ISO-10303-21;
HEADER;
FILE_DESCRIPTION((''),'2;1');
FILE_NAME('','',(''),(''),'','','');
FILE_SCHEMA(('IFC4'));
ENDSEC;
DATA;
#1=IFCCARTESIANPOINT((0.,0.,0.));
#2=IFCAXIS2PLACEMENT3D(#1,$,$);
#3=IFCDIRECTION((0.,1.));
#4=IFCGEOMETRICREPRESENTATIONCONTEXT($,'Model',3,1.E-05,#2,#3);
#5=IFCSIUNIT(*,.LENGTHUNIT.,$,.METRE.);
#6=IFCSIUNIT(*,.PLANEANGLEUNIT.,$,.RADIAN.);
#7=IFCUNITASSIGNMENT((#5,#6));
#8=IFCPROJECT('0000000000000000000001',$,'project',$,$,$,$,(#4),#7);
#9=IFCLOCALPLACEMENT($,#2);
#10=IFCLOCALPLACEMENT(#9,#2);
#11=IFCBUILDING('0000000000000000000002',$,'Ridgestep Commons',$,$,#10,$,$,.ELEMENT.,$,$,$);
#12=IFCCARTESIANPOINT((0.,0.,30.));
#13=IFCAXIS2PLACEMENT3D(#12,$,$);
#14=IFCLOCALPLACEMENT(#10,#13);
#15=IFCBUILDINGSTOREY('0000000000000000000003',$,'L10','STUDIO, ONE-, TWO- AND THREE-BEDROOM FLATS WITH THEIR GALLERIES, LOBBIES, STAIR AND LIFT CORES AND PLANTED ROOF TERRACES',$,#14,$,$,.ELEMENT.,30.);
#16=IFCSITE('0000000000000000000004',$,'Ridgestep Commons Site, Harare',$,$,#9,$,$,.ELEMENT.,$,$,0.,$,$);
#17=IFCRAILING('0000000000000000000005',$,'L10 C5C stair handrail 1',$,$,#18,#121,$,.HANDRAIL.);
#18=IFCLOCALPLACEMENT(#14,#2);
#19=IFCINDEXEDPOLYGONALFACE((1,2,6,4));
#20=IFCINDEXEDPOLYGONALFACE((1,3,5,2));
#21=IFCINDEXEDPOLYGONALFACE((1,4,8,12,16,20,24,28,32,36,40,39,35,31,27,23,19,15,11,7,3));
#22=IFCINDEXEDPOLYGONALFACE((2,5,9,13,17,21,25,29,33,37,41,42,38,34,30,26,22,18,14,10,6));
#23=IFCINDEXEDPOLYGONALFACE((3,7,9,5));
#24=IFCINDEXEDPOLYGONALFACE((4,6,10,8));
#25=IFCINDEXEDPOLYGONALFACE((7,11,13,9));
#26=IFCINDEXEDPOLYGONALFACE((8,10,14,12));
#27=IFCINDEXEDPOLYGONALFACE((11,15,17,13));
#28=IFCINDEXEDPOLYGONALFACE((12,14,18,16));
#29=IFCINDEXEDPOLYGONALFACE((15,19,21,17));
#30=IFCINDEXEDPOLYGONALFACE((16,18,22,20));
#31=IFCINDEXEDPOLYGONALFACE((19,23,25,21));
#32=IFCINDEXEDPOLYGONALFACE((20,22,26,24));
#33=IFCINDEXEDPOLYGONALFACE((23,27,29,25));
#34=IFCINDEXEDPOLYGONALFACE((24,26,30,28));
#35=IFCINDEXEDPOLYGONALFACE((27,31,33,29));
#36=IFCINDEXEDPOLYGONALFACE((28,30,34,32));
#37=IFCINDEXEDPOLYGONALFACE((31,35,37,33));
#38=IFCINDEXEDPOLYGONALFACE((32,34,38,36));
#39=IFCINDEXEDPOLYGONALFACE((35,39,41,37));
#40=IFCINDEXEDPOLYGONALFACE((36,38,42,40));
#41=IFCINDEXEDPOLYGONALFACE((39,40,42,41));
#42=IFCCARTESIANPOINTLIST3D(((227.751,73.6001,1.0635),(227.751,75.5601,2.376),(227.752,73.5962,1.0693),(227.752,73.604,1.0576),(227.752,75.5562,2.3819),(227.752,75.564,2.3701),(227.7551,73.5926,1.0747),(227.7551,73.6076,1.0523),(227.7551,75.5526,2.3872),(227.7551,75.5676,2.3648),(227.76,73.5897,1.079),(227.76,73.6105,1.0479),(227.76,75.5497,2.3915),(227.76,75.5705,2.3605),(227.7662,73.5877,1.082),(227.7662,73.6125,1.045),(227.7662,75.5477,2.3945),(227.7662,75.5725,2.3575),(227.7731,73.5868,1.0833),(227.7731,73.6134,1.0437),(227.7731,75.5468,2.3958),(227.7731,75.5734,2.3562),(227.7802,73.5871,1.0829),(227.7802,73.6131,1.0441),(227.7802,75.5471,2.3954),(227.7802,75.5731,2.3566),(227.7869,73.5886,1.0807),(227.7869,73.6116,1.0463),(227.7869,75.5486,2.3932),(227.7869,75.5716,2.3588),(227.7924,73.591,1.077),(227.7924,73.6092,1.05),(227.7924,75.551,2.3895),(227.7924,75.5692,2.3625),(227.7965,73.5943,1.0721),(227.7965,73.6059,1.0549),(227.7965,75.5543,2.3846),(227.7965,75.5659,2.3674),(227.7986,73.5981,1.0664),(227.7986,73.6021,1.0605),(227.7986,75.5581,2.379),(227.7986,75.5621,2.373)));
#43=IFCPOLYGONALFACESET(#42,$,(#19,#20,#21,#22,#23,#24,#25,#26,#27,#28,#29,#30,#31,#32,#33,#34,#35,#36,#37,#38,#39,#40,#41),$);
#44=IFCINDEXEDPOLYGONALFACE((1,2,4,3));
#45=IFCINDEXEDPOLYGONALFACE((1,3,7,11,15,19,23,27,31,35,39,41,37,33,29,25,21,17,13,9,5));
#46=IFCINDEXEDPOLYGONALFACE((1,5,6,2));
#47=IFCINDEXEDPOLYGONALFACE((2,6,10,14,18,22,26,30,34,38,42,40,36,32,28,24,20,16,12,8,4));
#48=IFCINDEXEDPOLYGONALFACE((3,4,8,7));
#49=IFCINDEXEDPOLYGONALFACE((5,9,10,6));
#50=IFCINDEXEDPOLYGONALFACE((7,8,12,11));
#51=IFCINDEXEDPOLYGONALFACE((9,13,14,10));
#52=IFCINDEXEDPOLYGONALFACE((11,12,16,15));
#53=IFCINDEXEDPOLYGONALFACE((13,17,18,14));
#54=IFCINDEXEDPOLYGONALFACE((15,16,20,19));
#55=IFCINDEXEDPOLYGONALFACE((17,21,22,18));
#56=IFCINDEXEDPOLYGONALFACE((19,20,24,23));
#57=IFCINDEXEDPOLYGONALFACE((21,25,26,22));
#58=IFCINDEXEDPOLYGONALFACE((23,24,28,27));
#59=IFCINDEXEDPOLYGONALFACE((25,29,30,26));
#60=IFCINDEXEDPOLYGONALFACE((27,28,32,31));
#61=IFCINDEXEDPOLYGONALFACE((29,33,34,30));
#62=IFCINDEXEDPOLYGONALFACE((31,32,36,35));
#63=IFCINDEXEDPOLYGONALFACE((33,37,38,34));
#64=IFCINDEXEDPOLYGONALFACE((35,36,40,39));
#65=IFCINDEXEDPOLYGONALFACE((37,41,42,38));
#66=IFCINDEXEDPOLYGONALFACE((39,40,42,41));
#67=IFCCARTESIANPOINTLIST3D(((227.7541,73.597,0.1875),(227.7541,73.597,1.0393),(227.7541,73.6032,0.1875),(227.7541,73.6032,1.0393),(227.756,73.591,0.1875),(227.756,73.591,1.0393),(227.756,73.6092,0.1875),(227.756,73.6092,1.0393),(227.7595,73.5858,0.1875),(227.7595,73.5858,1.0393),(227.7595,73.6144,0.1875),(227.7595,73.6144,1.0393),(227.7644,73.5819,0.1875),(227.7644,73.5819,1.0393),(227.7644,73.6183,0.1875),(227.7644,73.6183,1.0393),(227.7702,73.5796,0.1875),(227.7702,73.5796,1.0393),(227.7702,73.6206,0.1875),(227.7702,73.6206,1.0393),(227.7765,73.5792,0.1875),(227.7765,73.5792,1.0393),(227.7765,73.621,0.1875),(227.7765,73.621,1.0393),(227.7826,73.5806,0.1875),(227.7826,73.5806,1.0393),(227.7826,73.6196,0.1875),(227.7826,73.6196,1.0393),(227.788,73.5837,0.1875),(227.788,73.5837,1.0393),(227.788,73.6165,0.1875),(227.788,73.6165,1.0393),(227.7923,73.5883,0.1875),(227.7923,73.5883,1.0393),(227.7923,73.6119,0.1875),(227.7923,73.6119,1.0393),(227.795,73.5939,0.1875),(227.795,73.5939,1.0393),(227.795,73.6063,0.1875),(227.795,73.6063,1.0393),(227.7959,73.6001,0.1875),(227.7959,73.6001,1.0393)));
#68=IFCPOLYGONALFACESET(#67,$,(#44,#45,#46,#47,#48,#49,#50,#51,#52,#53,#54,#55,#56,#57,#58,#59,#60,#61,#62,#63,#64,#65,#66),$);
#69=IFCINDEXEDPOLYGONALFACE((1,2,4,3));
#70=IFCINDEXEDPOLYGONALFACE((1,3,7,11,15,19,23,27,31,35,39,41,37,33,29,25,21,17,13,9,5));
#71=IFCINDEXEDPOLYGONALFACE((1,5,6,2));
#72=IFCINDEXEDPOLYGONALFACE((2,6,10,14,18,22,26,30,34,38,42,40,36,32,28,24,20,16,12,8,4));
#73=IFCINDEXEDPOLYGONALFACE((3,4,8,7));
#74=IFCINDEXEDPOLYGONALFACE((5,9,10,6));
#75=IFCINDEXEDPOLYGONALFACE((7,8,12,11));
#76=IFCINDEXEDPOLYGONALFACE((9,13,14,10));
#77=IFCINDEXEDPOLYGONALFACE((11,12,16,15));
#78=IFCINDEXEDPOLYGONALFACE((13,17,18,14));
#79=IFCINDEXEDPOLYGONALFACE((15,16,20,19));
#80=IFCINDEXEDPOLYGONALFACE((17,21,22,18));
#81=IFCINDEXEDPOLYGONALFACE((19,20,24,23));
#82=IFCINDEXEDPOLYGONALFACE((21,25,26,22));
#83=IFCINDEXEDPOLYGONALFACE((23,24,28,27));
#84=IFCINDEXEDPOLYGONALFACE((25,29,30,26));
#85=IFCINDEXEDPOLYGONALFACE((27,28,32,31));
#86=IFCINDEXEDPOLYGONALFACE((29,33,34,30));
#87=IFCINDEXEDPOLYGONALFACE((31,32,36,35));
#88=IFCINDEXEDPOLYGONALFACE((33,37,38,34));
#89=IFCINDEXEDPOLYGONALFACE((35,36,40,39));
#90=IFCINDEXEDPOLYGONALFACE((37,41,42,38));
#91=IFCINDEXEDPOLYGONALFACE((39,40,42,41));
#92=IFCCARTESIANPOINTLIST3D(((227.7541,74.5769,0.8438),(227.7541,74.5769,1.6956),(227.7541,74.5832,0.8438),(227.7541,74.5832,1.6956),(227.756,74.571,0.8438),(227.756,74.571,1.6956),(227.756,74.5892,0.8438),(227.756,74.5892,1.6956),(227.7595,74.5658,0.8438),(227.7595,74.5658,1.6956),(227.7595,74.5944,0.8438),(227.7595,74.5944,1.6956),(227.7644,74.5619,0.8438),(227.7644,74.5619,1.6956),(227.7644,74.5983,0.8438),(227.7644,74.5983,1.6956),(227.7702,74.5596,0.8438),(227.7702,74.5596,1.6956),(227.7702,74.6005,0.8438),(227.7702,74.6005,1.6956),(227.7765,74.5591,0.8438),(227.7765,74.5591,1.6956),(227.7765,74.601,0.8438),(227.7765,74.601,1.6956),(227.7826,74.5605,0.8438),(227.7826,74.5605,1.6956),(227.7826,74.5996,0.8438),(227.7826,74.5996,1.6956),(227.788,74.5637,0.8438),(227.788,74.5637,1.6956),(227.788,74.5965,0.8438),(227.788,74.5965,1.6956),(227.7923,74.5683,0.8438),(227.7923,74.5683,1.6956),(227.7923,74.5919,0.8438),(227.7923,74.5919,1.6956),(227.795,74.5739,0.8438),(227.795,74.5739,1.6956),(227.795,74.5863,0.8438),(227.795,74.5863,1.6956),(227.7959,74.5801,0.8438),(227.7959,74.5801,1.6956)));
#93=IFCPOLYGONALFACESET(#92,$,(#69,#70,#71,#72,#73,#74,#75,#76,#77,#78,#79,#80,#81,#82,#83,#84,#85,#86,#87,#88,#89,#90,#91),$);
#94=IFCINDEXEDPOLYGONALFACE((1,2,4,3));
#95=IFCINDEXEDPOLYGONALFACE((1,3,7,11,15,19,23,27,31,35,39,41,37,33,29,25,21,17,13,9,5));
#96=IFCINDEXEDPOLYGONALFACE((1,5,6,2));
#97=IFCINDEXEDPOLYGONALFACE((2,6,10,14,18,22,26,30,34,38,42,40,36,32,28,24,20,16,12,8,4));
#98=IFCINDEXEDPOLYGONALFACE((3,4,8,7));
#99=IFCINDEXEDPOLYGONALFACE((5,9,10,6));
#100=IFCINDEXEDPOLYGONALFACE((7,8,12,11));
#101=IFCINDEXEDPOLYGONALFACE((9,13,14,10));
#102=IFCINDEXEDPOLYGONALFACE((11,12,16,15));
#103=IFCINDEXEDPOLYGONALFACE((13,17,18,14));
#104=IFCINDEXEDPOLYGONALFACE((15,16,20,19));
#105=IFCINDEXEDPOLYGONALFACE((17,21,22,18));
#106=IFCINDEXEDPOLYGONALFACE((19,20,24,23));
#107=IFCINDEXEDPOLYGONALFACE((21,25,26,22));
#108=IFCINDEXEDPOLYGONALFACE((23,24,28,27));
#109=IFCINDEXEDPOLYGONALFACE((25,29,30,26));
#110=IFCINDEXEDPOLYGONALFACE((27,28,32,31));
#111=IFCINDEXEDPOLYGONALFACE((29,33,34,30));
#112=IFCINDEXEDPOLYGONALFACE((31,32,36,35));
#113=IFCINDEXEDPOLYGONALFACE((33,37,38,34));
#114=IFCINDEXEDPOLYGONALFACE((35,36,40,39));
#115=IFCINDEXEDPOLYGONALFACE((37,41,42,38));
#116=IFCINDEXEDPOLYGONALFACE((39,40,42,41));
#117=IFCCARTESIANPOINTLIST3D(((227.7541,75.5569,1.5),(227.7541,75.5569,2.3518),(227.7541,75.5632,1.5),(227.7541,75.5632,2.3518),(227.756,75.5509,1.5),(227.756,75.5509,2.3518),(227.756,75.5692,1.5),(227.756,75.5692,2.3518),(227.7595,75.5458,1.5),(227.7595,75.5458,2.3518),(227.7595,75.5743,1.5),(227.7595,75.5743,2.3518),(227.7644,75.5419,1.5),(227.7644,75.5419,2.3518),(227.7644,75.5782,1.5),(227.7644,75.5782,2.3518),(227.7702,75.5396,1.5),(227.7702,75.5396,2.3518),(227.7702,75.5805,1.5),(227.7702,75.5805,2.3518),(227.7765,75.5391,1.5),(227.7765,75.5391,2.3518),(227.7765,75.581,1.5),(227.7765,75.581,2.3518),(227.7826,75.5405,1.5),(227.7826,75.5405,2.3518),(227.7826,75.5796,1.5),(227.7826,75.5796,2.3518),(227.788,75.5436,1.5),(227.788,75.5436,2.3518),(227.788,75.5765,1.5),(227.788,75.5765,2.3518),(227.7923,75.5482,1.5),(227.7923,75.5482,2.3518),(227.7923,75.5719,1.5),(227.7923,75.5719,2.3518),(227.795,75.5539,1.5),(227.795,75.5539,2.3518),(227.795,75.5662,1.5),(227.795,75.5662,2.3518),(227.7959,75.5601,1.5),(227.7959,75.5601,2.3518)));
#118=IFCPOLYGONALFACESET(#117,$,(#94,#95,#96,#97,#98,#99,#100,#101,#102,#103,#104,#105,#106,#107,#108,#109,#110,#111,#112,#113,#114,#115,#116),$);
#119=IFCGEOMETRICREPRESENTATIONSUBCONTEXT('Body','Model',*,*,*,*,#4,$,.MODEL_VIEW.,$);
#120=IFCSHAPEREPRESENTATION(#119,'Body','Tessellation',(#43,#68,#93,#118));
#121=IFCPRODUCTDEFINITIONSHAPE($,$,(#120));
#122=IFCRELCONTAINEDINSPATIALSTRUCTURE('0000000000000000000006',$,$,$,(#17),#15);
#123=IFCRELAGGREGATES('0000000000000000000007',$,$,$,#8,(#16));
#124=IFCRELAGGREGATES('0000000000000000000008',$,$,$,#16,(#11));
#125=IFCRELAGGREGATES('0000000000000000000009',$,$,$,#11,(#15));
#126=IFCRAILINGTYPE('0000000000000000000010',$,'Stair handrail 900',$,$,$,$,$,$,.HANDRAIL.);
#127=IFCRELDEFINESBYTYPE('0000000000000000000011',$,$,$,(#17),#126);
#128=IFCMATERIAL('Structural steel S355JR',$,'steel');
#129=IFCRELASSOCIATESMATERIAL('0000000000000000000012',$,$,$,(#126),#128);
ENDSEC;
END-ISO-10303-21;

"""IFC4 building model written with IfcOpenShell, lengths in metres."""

from ifc_helpers import new_model, si_unit, direction, frame, origin, origin_2d, place, context, subcontext, project, spatial, circle, extrude, material, type_object, element, save


model = new_model("IFC4")

# Units and contexts
model_context = context("Model", 3, precision=1e-05, world=origin(), true_north=direction((0.0, 1.0)))
body_context = subcontext(model_context, "Body", "Model", "MODEL_VIEW")
ifc_project = project(units=[si_unit("LENGTHUNIT", "METRE"), si_unit("PLANEANGLEUNIT", "RADIAN")], contexts=[model_context])

# Site, building, storey
site_placement = place(None, origin())
site = spatial("IfcSite", under=ifc_project, at=site_placement, Name="Ridgestep Commons Site, Harare", CompositionType="ELEMENT", RefElevation=0.0)
building_placement = place(site_placement, origin())
building = spatial("IfcBuilding", under=site, at=building_placement, Name="Ridgestep Commons", CompositionType="ELEMENT")
storey_placement = place(building_placement, frame((0.0, 0.0, 30.0)))
storey = spatial("IfcBuildingStorey", under=building, at=storey_placement, Name="L10", Description="STUDIO, ONE-, TWO- AND THREE-BEDROOM FLATS WITH THEIR GALLERIES, LOBBIES, STAIR AND LIFT CORES AND PLANTED ROOF TERRACES", CompositionType="ELEMENT", Elevation=30.0)

# Railing
ifc_material_1 = material(Name="Structural steel S355JR", Category="steel")
railing_type_1 = type_object("IfcRailingType", Name="Stair handrail 900", PredefinedType="HANDRAIL", material=ifc_material_1)
railing_1_placement = place(storey_placement, frame((227.7749, 73.6001, 0.1875)))
element("IfcRailing", 1, at=railing_1_placement, inside=storey, type_object=railing_type_1, Name="L10 C5C stair handrail 1", PredefinedType="HANDRAIL", context=body_context, shape_type="SweptSolid", body=[
    extrude(circle(Radius=0.0239, at=origin_2d()), frame((0.0, 0.0, 0.876), z_axis=(0.0, 0.830902, 0.556419), x_axis=(-1.0, 0.0, 0.0)), (0.0, 0.0, 1.0), 2.3589),
    extrude(circle(Radius=0.021, at=origin_2d()), origin(), (0.0, 0.0, 1.0), 0.8518),
    extrude(circle(Radius=0.021, at=origin_2d()), frame((0.0, 0.98, 0.6562)), (0.0, 0.0, 1.0), 0.8518),
    extrude(circle(Radius=0.021, at=origin_2d()), frame((0.0, 1.96, 1.3125)), (0.0, 0.0, 1.0), 0.8518),
])

save(model, "model.ifc")
